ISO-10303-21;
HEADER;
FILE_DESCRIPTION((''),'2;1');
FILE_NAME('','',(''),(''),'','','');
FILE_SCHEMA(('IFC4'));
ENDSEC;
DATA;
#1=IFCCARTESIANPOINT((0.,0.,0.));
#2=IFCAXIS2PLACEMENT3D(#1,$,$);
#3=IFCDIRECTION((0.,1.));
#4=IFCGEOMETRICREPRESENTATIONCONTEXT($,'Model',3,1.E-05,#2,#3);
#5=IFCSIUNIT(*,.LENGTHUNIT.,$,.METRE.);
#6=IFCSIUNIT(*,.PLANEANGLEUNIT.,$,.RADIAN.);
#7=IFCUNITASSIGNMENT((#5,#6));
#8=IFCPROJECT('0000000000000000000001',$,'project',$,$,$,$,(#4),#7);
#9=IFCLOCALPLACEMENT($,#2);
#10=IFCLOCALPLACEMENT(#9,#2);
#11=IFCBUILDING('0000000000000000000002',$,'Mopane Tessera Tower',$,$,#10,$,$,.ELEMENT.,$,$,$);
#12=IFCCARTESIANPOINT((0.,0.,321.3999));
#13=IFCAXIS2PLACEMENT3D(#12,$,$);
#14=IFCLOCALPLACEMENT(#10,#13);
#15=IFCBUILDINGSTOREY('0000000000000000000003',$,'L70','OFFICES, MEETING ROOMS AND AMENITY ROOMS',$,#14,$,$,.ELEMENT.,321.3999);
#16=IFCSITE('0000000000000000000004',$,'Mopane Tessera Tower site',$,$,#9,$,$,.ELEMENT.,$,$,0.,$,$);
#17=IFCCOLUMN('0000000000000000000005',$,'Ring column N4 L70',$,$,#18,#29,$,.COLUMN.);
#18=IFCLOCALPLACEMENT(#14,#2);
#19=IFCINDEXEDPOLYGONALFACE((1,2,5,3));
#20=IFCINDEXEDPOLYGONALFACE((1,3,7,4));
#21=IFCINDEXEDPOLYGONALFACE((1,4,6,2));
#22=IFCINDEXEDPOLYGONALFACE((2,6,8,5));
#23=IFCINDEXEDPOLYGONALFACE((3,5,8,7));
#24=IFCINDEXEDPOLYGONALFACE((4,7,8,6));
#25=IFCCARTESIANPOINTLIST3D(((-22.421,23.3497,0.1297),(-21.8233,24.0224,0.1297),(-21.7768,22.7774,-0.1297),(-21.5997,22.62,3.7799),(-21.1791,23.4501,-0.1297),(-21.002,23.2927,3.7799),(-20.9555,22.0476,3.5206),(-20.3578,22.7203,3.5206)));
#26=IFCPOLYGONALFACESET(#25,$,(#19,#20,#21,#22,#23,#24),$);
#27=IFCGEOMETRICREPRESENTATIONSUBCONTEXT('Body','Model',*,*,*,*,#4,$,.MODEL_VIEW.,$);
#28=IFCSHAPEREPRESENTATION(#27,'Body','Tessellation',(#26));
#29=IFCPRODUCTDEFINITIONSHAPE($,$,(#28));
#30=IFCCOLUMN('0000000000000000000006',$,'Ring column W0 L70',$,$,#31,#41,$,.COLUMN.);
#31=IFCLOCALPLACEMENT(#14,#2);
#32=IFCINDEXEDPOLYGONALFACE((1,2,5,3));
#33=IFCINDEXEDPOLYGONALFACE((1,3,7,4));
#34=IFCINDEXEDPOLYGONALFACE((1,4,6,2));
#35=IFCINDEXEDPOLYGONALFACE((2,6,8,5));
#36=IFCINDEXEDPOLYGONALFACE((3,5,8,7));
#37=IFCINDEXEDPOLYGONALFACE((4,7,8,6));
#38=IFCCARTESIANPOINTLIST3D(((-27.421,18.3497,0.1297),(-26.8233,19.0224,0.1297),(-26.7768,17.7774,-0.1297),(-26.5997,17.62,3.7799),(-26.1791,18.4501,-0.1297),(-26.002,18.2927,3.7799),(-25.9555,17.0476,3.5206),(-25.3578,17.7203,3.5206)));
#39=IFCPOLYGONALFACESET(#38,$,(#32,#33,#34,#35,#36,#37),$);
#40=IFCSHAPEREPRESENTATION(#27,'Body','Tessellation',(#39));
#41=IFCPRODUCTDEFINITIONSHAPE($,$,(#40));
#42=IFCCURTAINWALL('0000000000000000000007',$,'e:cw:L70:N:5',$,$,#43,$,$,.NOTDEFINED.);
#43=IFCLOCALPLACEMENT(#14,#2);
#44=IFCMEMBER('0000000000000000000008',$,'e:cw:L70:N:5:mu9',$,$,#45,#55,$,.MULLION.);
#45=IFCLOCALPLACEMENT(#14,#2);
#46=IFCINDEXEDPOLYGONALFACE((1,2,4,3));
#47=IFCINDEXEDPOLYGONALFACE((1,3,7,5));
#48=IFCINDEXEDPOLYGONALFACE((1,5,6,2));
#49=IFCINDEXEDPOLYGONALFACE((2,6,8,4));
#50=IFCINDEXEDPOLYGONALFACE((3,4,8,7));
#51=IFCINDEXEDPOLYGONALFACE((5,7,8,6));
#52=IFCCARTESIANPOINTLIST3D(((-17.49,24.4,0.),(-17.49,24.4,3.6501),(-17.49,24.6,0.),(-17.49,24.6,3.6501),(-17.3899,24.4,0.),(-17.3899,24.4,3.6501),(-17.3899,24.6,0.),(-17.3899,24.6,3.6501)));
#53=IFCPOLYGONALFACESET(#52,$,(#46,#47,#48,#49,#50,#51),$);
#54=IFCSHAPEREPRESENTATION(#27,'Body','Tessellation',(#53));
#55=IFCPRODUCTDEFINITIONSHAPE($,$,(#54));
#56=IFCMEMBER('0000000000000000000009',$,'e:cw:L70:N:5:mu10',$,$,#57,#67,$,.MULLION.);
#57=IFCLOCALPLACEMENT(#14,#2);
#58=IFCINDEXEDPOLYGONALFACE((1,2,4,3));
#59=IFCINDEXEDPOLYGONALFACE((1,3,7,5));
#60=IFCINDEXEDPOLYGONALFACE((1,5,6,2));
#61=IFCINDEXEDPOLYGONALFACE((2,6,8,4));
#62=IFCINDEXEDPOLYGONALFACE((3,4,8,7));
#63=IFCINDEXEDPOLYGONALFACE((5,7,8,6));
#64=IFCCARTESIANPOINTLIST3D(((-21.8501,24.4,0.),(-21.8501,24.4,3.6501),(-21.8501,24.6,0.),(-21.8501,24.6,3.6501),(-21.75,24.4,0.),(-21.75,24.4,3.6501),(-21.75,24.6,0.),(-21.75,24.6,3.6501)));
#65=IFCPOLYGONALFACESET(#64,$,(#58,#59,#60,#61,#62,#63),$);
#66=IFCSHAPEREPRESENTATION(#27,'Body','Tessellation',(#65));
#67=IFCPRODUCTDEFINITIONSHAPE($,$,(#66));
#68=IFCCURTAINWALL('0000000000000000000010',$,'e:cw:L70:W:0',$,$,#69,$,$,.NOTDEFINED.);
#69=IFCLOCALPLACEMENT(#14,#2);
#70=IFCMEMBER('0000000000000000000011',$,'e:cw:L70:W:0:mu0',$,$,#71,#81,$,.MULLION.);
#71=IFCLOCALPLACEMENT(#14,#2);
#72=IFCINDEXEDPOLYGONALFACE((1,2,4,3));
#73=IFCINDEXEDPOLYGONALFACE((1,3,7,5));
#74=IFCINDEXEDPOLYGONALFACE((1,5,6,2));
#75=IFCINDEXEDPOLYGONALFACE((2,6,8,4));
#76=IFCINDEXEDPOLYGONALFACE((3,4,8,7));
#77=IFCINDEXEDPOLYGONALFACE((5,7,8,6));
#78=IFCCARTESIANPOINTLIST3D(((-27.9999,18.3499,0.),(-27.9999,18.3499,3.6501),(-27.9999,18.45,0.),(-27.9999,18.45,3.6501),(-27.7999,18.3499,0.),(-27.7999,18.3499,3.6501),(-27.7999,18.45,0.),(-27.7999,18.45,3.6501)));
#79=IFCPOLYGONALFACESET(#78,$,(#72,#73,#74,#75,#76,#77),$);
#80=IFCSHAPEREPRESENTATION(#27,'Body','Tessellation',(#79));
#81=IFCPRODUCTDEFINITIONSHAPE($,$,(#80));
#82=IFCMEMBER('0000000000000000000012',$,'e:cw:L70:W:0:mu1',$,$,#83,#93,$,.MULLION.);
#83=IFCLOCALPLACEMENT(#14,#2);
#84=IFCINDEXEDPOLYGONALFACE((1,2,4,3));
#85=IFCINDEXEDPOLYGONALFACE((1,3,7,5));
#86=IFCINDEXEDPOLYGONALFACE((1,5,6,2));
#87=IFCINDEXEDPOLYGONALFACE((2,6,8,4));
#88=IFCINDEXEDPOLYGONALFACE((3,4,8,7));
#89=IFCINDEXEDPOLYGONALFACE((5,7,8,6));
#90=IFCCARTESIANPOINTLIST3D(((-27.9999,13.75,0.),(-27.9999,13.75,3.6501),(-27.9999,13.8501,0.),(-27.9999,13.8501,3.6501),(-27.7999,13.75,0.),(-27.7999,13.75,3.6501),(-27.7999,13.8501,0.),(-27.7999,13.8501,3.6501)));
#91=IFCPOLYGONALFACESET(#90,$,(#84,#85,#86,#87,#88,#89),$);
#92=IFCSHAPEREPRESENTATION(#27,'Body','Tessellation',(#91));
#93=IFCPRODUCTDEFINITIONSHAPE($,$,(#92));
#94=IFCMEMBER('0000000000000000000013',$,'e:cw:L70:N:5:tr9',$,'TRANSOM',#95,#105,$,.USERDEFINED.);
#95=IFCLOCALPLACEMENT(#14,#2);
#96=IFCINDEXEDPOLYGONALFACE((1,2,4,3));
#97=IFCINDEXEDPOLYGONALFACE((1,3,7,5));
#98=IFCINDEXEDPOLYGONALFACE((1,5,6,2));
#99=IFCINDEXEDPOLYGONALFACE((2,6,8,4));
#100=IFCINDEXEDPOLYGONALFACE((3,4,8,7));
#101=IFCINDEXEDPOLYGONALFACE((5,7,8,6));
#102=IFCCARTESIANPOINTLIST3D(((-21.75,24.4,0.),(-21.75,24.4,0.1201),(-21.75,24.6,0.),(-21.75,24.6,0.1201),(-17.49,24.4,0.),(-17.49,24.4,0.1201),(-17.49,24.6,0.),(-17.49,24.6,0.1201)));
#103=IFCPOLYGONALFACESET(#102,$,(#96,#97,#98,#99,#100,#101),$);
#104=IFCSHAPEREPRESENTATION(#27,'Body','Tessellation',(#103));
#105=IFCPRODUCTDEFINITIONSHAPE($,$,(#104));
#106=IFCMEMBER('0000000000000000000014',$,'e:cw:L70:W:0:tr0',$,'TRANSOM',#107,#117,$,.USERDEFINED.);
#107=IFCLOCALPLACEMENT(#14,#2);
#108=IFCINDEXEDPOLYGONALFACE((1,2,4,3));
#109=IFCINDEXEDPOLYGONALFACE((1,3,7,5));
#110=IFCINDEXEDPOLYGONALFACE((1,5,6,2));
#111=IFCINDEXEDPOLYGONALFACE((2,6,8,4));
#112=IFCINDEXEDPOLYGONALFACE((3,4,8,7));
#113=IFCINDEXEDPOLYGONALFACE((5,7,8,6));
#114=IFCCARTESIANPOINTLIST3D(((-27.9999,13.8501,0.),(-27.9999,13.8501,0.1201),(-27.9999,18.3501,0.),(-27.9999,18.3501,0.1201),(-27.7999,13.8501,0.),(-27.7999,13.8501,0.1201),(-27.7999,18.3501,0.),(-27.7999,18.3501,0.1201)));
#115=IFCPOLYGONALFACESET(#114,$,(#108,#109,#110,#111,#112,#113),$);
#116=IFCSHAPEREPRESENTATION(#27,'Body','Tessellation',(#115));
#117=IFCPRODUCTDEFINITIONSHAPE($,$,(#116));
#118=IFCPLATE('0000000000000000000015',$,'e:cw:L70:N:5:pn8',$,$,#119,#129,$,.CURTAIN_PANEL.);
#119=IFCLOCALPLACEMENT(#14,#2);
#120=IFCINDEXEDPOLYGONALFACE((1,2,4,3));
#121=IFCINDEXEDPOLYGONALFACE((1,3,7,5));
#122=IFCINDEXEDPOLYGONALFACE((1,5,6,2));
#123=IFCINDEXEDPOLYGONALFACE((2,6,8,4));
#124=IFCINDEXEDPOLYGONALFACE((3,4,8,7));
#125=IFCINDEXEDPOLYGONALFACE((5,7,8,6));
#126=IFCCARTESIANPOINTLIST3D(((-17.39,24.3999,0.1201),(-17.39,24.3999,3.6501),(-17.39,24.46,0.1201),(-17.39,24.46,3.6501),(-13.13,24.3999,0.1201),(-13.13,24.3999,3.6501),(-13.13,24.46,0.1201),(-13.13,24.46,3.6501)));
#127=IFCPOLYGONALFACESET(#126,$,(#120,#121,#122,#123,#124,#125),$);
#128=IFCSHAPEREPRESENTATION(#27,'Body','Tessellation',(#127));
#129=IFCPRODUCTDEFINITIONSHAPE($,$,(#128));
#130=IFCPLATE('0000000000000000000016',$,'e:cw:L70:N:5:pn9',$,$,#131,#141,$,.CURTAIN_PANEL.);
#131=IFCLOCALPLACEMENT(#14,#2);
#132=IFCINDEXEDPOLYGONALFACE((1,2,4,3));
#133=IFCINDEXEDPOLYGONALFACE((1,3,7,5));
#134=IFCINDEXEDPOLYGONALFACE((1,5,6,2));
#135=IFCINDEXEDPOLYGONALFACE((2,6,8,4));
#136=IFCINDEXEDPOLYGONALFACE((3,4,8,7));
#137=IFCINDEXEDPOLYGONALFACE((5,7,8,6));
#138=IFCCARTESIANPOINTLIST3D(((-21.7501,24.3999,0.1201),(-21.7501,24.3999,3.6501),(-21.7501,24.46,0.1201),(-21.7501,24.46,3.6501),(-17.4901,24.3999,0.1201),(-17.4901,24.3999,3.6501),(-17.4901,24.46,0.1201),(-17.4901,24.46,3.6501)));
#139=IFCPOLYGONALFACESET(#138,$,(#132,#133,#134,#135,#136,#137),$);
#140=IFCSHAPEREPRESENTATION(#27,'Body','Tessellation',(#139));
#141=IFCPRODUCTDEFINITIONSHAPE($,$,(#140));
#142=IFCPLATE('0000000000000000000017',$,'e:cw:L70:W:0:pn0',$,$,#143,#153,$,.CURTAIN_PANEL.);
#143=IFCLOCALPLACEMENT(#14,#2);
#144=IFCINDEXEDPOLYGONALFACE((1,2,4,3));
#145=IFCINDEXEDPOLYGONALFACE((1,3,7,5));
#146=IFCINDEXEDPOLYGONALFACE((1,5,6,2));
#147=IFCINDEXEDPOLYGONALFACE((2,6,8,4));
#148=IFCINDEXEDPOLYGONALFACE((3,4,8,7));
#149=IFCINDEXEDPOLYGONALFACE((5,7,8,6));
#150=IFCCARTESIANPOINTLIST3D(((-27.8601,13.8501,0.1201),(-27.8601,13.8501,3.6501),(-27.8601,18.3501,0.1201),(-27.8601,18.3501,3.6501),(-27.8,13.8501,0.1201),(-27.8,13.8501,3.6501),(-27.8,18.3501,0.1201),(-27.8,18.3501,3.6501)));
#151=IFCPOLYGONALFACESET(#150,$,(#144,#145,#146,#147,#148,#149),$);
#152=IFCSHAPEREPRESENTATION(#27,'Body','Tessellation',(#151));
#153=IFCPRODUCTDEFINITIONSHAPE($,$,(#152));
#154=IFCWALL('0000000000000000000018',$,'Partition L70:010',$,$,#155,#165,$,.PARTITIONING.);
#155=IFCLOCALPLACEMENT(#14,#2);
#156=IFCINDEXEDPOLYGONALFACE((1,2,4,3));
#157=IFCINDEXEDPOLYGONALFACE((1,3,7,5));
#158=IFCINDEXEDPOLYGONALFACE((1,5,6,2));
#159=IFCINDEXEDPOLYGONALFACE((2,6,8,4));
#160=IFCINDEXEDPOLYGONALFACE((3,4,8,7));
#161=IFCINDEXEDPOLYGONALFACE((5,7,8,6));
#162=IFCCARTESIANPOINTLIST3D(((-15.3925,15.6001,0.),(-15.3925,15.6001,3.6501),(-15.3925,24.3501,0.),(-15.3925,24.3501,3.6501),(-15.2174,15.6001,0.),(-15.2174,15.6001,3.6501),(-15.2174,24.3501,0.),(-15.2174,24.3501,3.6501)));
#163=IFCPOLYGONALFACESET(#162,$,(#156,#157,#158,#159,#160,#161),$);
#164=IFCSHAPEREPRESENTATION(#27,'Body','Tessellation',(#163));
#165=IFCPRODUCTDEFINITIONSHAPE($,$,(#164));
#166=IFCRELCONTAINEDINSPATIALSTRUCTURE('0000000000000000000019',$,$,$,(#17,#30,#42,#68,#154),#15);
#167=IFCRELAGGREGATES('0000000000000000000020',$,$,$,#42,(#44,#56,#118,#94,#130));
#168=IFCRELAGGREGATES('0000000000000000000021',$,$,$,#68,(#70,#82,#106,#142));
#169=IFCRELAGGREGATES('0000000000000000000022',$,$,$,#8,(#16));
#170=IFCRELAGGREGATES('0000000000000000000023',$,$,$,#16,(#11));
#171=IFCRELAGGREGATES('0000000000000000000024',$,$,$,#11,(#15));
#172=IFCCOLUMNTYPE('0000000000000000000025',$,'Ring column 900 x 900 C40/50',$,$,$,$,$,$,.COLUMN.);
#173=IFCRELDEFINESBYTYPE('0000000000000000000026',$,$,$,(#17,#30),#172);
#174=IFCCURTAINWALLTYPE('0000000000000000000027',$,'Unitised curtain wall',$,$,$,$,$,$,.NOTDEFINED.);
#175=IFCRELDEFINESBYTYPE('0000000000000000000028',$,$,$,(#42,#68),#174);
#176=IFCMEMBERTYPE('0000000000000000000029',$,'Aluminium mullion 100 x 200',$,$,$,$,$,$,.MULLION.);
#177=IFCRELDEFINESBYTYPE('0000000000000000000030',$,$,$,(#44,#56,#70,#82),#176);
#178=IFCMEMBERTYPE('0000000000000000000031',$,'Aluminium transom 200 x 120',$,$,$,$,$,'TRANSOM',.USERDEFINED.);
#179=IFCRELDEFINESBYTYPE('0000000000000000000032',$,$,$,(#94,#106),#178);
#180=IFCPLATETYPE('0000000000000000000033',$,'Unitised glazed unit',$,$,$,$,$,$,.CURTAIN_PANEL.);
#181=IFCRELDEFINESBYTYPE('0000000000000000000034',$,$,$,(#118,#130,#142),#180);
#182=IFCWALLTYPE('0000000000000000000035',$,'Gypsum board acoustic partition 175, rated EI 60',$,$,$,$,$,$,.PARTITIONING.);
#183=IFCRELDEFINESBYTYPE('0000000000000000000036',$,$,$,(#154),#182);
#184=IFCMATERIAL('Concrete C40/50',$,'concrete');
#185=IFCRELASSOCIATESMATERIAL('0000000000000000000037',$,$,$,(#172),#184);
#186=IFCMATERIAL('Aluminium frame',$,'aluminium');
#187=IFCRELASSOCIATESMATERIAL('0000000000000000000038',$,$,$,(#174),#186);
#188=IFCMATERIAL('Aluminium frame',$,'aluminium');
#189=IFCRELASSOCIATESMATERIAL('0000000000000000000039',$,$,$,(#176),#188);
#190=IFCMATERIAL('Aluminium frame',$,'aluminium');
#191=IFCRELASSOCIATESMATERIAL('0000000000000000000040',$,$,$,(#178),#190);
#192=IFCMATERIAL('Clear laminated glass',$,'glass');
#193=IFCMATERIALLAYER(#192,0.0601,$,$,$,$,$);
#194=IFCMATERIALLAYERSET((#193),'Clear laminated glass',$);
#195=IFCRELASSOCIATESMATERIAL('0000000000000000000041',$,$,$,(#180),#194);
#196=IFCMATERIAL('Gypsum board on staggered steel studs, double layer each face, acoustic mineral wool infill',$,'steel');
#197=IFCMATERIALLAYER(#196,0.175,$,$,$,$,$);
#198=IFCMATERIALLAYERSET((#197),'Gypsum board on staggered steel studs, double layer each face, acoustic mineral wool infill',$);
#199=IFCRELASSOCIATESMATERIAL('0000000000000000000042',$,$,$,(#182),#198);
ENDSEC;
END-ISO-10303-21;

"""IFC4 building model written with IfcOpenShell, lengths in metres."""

from ifc_helpers import new_model, si_unit, direction, frame, frame_2d, origin, origin_2d, place, context, subcontext, project, spatial, rectangle, extrude, material, layer, layer_set, material_profile, profile_set, type_object, element, aggregate, save


model = new_model("IFC4")

# Units and contexts
model_context = context("Model", 3, precision=1e-05, world=origin(), true_north=direction((0.0, 1.0)))
body_context = subcontext(model_context, "Body", "Model", "MODEL_VIEW")
ifc_project = project(units=[si_unit("LENGTHUNIT", "METRE"), si_unit("PLANEANGLEUNIT", "RADIAN")], contexts=[model_context])

# Site, building, storey
site_placement = place(None, origin())
site = spatial("IfcSite", under=ifc_project, at=site_placement, Name="Mopane Tessera Tower site", CompositionType="ELEMENT", RefElevation=0.0)
building_placement = place(site_placement, origin())
building = spatial("IfcBuilding", under=site, at=building_placement, Name="Mopane Tessera Tower", CompositionType="ELEMENT")
storey_placement = place(building_placement, frame((0.0, 0.0, 321.3999)))
storey = spatial("IfcBuildingStorey", under=building, at=storey_placement, Name="L70", Description="OFFICES, MEETING ROOMS AND AMENITY ROOMS", CompositionType="ELEMENT", Elevation=321.3999)

# Columns
ifc_material_1 = material(Name="Concrete C40/50", Category="concrete")
ifc_material_profile_1 = material_profile(ifc_material_1, rectangle(XDim=0.8999, YDim=0.8999, at=origin_2d()))
ifc_profile_set_1 = profile_set([ifc_material_profile_1], Name="Concrete C40/50")
column_type = type_object("IfcColumnType", Name="Ring column 900 x 900 C40/50", PredefinedType="COLUMN", material=ifc_profile_set_1)
for number, where, z_axis, x_axis, name in (
    (1, (-21.8, 23.3999, 0.0), (0.215454, -0.191436, 0.957566), (0.664212, 0.747544, 0.0), "Ring column N4 L70"),
    (2, (-26.8, 18.3999, 0.0), (0.215454, -0.191436, 0.957566), (0.664212, 0.747544, 0.0), "Ring column W0 L70"),
):
    element("IfcColumn", number, at=place(storey_placement, frame(where, z_axis=z_axis, x_axis=x_axis)), inside=storey, type_object=column_type, Name=name, PredefinedType="COLUMN", context=body_context, shape_type="SweptSolid", body=[
        extrude(rectangle(XDim=0.8999, YDim=0.8999, at=origin_2d()), origin(), (0.0, 0.0, 1.0), 3.812),
    ])

# Curtain walls, members
ifc_material_2 = material(Name="Aluminium frame", Category="aluminium")
curtain_wall_type = type_object("IfcCurtainWallType", Name="Unitised curtain wall", PredefinedType="NOTDEFINED", material=ifc_material_2)
curtain_wall_1_placement = place(storey_placement, origin())
curtain_wall_1 = element("IfcCurtainWall", 3, at=curtain_wall_1_placement, inside=storey, type_object=curtain_wall_type, Name="e:cw:L70:N:5", PredefinedType="NOTDEFINED")
ifc_material_3 = material(Name="Aluminium frame", Category="aluminium")
ifc_material_profile_2 = material_profile(ifc_material_3, rectangle(XDim=0.1001, YDim=0.2, at=origin_2d()))
ifc_profile_set_2 = profile_set([ifc_material_profile_2], Name="Aluminium frame")
member_type_1 = type_object("IfcMemberType", Name="Aluminium mullion 100 x 200", PredefinedType="MULLION", material=ifc_profile_set_2)
member_1_placement = place(storey_placement, frame((-17.4399, 24.5, 0.0), z_axis=(0.0, 0.0, 1.0), x_axis=(-1.0, 0.0, 0.0)))
member_1 = element("IfcMember", 4, at=member_1_placement, type_object=member_type_1, Name="e:cw:L70:N:5:mu9", PredefinedType="MULLION", context=body_context, shape_type="SweptSolid", body=[
    extrude(rectangle(XDim=0.1001, YDim=0.2, at=origin_2d()), origin(), (0.0, 0.0, 1.0), 3.6501),
])
member_2_placement = place(storey_placement, frame((-21.8, 24.5, 0.0), z_axis=(0.0, 0.0, 1.0), x_axis=(-1.0, 0.0, 0.0)))
member_2 = element("IfcMember", 5, at=member_2_placement, type_object=member_type_1, Name="e:cw:L70:N:5:mu10", PredefinedType="MULLION", context=body_context, shape_type="SweptSolid", body=[
    extrude(rectangle(XDim=0.1001, YDim=0.2, at=origin_2d()), origin(), (0.0, 0.0, 1.0), 3.6501),
])
curtain_wall_2_placement = place(storey_placement, origin())
curtain_wall_2 = element("IfcCurtainWall", 6, at=curtain_wall_2_placement, inside=storey, type_object=curtain_wall_type, Name="e:cw:L70:W:0", PredefinedType="NOTDEFINED")
member_3_placement = place(storey_placement, frame((-27.8999, 18.3999, 0.0), z_axis=(0.0, 0.0, 1.0), x_axis=(0.0, -1.0, 0.0)))
member_3 = element("IfcMember", 7, at=member_3_placement, type_object=member_type_1, Name="e:cw:L70:W:0:mu0", PredefinedType="MULLION", context=body_context, shape_type="SweptSolid", body=[
    extrude(rectangle(XDim=0.1001, YDim=0.2, at=origin_2d()), origin(), (0.0, 0.0, 1.0), 3.6501),
])
member_4_placement = place(storey_placement, frame((-27.8999, 13.8, 0.0), z_axis=(0.0, 0.0, 1.0), x_axis=(0.0, -1.0, 0.0)))
member_4 = element("IfcMember", 8, at=member_4_placement, type_object=member_type_1, Name="e:cw:L70:W:0:mu1", PredefinedType="MULLION", context=body_context, shape_type="SweptSolid", body=[
    extrude(rectangle(XDim=0.1001, YDim=0.2, at=origin_2d()), origin(), (0.0, 0.0, 1.0), 3.6501),
])

# Members
ifc_material_4 = material(Name="Aluminium frame", Category="aluminium")
ifc_material_profile_3 = material_profile(ifc_material_4, rectangle(XDim=0.2, YDim=0.1201, at=origin_2d()))
ifc_profile_set_3 = profile_set([ifc_material_profile_3], Name="Aluminium frame")
member_type_2 = type_object("IfcMemberType", Name="Aluminium transom 200 x 120", ElementType="TRANSOM", PredefinedType="USERDEFINED", material=ifc_profile_set_3)
member_5_placement = place(storey_placement, frame((-17.49, 24.5, 0.0601), z_axis=(-1.0, 0.0, 0.0), x_axis=(0.0, -1.0, 0.0)))
member_5 = element("IfcMember", 9, at=member_5_placement, type_object=member_type_2, Name="e:cw:L70:N:5:tr9", ObjectType="TRANSOM", PredefinedType="USERDEFINED", context=body_context, shape_type="SweptSolid", body=[
    extrude(rectangle(XDim=0.2, YDim=0.1201, at=origin_2d()), origin(), (0.0, 0.0, 1.0), 4.26),
])
member_6_placement = place(storey_placement, frame((-27.8999, 18.3501, 0.0601), z_axis=(0.0, -1.0, 0.0), x_axis=(1.0, 0.0, 0.0)))
member_6 = element("IfcMember", 10, at=member_6_placement, type_object=member_type_2, Name="e:cw:L70:W:0:tr0", ObjectType="TRANSOM", PredefinedType="USERDEFINED", context=body_context, shape_type="SweptSolid", body=[
    extrude(rectangle(XDim=0.2, YDim=0.1201, at=origin_2d()), origin(), (0.0, 0.0, 1.0), 4.5),
])

# Plates
ifc_material_5 = material(Name="Clear laminated glass", Category="glass")
ifc_layer_1 = layer(ifc_material_5, 0.0601)
ifc_layer_set_1 = layer_set([ifc_layer_1], Name="Clear laminated glass")
plate_type = type_object("IfcPlateType", Name="Unitised glazed unit", PredefinedType="CURTAIN_PANEL", material=ifc_layer_set_1)
plate_1_placement = place(storey_placement, frame((-15.26, 24.4299, 0.1201), z_axis=(0.0, 0.0, 1.0), x_axis=(-1.0, 0.0, 0.0)))
plate_1 = element("IfcPlate", 11, at=plate_1_placement, type_object=plate_type, Name="e:cw:L70:N:5:pn8", PredefinedType="CURTAIN_PANEL", context=body_context, shape_type="SweptSolid", body=[
    extrude(rectangle(XDim=4.26, YDim=0.0601, at=origin_2d()), origin(), (0.0, 0.0, 1.0), 3.53),
])
plate_2_placement = place(storey_placement, frame((-19.6201, 24.4299, 0.1201), z_axis=(0.0, 0.0, 1.0), x_axis=(-1.0, 0.0, 0.0)))
plate_2 = element("IfcPlate", 12, at=plate_2_placement, type_object=plate_type, Name="e:cw:L70:N:5:pn9", PredefinedType="CURTAIN_PANEL", context=body_context, shape_type="SweptSolid", body=[
    extrude(rectangle(XDim=4.26, YDim=0.0601, at=origin_2d()), origin(), (0.0, 0.0, 1.0), 3.53),
])
aggregate(curtain_wall_1, [member_1, member_2, plate_1, member_5, plate_2])
plate_3_placement = place(storey_placement, frame((-27.8301, 16.1001, 0.1201), z_axis=(0.0, 0.0, 1.0), x_axis=(0.0, -1.0, 0.0)))
plate_3 = element("IfcPlate", 13, at=plate_3_placement, type_object=plate_type, Name="e:cw:L70:W:0:pn0", PredefinedType="CURTAIN_PANEL", context=body_context, shape_type="SweptSolid", body=[
    extrude(rectangle(XDim=4.5, YDim=0.0601, at=origin_2d()), origin(), (0.0, 0.0, 1.0), 3.53),
])
aggregate(curtain_wall_2, [member_3, member_4, member_6, plate_3])

# Wall
ifc_material_6 = material(Name="Gypsum board on staggered steel studs, double layer each face, acoustic mineral wool infill", Category="steel")
ifc_layer_2 = layer(ifc_material_6, 0.175)
ifc_layer_set_2 = layer_set([ifc_layer_2], Name="Gypsum board on staggered steel studs, double layer each face, acoustic mineral wool infill")
wall_type_1 = type_object("IfcWallType", Name="Gypsum board acoustic partition 175, rated EI 60", PredefinedType="PARTITIONING", material=ifc_layer_set_2)
wall_1_placement = place(storey_placement, frame((-15.3049, 15.6001, 0.0), z_axis=(0.0, 0.0, 1.0), x_axis=(0.0, 1.0, 0.0)))
element("IfcWall", 14, at=wall_1_placement, inside=storey, type_object=wall_type_1, Name="Partition L70:010", PredefinedType="PARTITIONING", context=body_context, shape_type="SweptSolid", body=[
    extrude(rectangle(XDim=8.75, YDim=0.175, at=frame_2d((4.375, 0.0))), origin(), (0.0, 0.0, 1.0), 3.6501),
])

save(model, "model.ifc")
